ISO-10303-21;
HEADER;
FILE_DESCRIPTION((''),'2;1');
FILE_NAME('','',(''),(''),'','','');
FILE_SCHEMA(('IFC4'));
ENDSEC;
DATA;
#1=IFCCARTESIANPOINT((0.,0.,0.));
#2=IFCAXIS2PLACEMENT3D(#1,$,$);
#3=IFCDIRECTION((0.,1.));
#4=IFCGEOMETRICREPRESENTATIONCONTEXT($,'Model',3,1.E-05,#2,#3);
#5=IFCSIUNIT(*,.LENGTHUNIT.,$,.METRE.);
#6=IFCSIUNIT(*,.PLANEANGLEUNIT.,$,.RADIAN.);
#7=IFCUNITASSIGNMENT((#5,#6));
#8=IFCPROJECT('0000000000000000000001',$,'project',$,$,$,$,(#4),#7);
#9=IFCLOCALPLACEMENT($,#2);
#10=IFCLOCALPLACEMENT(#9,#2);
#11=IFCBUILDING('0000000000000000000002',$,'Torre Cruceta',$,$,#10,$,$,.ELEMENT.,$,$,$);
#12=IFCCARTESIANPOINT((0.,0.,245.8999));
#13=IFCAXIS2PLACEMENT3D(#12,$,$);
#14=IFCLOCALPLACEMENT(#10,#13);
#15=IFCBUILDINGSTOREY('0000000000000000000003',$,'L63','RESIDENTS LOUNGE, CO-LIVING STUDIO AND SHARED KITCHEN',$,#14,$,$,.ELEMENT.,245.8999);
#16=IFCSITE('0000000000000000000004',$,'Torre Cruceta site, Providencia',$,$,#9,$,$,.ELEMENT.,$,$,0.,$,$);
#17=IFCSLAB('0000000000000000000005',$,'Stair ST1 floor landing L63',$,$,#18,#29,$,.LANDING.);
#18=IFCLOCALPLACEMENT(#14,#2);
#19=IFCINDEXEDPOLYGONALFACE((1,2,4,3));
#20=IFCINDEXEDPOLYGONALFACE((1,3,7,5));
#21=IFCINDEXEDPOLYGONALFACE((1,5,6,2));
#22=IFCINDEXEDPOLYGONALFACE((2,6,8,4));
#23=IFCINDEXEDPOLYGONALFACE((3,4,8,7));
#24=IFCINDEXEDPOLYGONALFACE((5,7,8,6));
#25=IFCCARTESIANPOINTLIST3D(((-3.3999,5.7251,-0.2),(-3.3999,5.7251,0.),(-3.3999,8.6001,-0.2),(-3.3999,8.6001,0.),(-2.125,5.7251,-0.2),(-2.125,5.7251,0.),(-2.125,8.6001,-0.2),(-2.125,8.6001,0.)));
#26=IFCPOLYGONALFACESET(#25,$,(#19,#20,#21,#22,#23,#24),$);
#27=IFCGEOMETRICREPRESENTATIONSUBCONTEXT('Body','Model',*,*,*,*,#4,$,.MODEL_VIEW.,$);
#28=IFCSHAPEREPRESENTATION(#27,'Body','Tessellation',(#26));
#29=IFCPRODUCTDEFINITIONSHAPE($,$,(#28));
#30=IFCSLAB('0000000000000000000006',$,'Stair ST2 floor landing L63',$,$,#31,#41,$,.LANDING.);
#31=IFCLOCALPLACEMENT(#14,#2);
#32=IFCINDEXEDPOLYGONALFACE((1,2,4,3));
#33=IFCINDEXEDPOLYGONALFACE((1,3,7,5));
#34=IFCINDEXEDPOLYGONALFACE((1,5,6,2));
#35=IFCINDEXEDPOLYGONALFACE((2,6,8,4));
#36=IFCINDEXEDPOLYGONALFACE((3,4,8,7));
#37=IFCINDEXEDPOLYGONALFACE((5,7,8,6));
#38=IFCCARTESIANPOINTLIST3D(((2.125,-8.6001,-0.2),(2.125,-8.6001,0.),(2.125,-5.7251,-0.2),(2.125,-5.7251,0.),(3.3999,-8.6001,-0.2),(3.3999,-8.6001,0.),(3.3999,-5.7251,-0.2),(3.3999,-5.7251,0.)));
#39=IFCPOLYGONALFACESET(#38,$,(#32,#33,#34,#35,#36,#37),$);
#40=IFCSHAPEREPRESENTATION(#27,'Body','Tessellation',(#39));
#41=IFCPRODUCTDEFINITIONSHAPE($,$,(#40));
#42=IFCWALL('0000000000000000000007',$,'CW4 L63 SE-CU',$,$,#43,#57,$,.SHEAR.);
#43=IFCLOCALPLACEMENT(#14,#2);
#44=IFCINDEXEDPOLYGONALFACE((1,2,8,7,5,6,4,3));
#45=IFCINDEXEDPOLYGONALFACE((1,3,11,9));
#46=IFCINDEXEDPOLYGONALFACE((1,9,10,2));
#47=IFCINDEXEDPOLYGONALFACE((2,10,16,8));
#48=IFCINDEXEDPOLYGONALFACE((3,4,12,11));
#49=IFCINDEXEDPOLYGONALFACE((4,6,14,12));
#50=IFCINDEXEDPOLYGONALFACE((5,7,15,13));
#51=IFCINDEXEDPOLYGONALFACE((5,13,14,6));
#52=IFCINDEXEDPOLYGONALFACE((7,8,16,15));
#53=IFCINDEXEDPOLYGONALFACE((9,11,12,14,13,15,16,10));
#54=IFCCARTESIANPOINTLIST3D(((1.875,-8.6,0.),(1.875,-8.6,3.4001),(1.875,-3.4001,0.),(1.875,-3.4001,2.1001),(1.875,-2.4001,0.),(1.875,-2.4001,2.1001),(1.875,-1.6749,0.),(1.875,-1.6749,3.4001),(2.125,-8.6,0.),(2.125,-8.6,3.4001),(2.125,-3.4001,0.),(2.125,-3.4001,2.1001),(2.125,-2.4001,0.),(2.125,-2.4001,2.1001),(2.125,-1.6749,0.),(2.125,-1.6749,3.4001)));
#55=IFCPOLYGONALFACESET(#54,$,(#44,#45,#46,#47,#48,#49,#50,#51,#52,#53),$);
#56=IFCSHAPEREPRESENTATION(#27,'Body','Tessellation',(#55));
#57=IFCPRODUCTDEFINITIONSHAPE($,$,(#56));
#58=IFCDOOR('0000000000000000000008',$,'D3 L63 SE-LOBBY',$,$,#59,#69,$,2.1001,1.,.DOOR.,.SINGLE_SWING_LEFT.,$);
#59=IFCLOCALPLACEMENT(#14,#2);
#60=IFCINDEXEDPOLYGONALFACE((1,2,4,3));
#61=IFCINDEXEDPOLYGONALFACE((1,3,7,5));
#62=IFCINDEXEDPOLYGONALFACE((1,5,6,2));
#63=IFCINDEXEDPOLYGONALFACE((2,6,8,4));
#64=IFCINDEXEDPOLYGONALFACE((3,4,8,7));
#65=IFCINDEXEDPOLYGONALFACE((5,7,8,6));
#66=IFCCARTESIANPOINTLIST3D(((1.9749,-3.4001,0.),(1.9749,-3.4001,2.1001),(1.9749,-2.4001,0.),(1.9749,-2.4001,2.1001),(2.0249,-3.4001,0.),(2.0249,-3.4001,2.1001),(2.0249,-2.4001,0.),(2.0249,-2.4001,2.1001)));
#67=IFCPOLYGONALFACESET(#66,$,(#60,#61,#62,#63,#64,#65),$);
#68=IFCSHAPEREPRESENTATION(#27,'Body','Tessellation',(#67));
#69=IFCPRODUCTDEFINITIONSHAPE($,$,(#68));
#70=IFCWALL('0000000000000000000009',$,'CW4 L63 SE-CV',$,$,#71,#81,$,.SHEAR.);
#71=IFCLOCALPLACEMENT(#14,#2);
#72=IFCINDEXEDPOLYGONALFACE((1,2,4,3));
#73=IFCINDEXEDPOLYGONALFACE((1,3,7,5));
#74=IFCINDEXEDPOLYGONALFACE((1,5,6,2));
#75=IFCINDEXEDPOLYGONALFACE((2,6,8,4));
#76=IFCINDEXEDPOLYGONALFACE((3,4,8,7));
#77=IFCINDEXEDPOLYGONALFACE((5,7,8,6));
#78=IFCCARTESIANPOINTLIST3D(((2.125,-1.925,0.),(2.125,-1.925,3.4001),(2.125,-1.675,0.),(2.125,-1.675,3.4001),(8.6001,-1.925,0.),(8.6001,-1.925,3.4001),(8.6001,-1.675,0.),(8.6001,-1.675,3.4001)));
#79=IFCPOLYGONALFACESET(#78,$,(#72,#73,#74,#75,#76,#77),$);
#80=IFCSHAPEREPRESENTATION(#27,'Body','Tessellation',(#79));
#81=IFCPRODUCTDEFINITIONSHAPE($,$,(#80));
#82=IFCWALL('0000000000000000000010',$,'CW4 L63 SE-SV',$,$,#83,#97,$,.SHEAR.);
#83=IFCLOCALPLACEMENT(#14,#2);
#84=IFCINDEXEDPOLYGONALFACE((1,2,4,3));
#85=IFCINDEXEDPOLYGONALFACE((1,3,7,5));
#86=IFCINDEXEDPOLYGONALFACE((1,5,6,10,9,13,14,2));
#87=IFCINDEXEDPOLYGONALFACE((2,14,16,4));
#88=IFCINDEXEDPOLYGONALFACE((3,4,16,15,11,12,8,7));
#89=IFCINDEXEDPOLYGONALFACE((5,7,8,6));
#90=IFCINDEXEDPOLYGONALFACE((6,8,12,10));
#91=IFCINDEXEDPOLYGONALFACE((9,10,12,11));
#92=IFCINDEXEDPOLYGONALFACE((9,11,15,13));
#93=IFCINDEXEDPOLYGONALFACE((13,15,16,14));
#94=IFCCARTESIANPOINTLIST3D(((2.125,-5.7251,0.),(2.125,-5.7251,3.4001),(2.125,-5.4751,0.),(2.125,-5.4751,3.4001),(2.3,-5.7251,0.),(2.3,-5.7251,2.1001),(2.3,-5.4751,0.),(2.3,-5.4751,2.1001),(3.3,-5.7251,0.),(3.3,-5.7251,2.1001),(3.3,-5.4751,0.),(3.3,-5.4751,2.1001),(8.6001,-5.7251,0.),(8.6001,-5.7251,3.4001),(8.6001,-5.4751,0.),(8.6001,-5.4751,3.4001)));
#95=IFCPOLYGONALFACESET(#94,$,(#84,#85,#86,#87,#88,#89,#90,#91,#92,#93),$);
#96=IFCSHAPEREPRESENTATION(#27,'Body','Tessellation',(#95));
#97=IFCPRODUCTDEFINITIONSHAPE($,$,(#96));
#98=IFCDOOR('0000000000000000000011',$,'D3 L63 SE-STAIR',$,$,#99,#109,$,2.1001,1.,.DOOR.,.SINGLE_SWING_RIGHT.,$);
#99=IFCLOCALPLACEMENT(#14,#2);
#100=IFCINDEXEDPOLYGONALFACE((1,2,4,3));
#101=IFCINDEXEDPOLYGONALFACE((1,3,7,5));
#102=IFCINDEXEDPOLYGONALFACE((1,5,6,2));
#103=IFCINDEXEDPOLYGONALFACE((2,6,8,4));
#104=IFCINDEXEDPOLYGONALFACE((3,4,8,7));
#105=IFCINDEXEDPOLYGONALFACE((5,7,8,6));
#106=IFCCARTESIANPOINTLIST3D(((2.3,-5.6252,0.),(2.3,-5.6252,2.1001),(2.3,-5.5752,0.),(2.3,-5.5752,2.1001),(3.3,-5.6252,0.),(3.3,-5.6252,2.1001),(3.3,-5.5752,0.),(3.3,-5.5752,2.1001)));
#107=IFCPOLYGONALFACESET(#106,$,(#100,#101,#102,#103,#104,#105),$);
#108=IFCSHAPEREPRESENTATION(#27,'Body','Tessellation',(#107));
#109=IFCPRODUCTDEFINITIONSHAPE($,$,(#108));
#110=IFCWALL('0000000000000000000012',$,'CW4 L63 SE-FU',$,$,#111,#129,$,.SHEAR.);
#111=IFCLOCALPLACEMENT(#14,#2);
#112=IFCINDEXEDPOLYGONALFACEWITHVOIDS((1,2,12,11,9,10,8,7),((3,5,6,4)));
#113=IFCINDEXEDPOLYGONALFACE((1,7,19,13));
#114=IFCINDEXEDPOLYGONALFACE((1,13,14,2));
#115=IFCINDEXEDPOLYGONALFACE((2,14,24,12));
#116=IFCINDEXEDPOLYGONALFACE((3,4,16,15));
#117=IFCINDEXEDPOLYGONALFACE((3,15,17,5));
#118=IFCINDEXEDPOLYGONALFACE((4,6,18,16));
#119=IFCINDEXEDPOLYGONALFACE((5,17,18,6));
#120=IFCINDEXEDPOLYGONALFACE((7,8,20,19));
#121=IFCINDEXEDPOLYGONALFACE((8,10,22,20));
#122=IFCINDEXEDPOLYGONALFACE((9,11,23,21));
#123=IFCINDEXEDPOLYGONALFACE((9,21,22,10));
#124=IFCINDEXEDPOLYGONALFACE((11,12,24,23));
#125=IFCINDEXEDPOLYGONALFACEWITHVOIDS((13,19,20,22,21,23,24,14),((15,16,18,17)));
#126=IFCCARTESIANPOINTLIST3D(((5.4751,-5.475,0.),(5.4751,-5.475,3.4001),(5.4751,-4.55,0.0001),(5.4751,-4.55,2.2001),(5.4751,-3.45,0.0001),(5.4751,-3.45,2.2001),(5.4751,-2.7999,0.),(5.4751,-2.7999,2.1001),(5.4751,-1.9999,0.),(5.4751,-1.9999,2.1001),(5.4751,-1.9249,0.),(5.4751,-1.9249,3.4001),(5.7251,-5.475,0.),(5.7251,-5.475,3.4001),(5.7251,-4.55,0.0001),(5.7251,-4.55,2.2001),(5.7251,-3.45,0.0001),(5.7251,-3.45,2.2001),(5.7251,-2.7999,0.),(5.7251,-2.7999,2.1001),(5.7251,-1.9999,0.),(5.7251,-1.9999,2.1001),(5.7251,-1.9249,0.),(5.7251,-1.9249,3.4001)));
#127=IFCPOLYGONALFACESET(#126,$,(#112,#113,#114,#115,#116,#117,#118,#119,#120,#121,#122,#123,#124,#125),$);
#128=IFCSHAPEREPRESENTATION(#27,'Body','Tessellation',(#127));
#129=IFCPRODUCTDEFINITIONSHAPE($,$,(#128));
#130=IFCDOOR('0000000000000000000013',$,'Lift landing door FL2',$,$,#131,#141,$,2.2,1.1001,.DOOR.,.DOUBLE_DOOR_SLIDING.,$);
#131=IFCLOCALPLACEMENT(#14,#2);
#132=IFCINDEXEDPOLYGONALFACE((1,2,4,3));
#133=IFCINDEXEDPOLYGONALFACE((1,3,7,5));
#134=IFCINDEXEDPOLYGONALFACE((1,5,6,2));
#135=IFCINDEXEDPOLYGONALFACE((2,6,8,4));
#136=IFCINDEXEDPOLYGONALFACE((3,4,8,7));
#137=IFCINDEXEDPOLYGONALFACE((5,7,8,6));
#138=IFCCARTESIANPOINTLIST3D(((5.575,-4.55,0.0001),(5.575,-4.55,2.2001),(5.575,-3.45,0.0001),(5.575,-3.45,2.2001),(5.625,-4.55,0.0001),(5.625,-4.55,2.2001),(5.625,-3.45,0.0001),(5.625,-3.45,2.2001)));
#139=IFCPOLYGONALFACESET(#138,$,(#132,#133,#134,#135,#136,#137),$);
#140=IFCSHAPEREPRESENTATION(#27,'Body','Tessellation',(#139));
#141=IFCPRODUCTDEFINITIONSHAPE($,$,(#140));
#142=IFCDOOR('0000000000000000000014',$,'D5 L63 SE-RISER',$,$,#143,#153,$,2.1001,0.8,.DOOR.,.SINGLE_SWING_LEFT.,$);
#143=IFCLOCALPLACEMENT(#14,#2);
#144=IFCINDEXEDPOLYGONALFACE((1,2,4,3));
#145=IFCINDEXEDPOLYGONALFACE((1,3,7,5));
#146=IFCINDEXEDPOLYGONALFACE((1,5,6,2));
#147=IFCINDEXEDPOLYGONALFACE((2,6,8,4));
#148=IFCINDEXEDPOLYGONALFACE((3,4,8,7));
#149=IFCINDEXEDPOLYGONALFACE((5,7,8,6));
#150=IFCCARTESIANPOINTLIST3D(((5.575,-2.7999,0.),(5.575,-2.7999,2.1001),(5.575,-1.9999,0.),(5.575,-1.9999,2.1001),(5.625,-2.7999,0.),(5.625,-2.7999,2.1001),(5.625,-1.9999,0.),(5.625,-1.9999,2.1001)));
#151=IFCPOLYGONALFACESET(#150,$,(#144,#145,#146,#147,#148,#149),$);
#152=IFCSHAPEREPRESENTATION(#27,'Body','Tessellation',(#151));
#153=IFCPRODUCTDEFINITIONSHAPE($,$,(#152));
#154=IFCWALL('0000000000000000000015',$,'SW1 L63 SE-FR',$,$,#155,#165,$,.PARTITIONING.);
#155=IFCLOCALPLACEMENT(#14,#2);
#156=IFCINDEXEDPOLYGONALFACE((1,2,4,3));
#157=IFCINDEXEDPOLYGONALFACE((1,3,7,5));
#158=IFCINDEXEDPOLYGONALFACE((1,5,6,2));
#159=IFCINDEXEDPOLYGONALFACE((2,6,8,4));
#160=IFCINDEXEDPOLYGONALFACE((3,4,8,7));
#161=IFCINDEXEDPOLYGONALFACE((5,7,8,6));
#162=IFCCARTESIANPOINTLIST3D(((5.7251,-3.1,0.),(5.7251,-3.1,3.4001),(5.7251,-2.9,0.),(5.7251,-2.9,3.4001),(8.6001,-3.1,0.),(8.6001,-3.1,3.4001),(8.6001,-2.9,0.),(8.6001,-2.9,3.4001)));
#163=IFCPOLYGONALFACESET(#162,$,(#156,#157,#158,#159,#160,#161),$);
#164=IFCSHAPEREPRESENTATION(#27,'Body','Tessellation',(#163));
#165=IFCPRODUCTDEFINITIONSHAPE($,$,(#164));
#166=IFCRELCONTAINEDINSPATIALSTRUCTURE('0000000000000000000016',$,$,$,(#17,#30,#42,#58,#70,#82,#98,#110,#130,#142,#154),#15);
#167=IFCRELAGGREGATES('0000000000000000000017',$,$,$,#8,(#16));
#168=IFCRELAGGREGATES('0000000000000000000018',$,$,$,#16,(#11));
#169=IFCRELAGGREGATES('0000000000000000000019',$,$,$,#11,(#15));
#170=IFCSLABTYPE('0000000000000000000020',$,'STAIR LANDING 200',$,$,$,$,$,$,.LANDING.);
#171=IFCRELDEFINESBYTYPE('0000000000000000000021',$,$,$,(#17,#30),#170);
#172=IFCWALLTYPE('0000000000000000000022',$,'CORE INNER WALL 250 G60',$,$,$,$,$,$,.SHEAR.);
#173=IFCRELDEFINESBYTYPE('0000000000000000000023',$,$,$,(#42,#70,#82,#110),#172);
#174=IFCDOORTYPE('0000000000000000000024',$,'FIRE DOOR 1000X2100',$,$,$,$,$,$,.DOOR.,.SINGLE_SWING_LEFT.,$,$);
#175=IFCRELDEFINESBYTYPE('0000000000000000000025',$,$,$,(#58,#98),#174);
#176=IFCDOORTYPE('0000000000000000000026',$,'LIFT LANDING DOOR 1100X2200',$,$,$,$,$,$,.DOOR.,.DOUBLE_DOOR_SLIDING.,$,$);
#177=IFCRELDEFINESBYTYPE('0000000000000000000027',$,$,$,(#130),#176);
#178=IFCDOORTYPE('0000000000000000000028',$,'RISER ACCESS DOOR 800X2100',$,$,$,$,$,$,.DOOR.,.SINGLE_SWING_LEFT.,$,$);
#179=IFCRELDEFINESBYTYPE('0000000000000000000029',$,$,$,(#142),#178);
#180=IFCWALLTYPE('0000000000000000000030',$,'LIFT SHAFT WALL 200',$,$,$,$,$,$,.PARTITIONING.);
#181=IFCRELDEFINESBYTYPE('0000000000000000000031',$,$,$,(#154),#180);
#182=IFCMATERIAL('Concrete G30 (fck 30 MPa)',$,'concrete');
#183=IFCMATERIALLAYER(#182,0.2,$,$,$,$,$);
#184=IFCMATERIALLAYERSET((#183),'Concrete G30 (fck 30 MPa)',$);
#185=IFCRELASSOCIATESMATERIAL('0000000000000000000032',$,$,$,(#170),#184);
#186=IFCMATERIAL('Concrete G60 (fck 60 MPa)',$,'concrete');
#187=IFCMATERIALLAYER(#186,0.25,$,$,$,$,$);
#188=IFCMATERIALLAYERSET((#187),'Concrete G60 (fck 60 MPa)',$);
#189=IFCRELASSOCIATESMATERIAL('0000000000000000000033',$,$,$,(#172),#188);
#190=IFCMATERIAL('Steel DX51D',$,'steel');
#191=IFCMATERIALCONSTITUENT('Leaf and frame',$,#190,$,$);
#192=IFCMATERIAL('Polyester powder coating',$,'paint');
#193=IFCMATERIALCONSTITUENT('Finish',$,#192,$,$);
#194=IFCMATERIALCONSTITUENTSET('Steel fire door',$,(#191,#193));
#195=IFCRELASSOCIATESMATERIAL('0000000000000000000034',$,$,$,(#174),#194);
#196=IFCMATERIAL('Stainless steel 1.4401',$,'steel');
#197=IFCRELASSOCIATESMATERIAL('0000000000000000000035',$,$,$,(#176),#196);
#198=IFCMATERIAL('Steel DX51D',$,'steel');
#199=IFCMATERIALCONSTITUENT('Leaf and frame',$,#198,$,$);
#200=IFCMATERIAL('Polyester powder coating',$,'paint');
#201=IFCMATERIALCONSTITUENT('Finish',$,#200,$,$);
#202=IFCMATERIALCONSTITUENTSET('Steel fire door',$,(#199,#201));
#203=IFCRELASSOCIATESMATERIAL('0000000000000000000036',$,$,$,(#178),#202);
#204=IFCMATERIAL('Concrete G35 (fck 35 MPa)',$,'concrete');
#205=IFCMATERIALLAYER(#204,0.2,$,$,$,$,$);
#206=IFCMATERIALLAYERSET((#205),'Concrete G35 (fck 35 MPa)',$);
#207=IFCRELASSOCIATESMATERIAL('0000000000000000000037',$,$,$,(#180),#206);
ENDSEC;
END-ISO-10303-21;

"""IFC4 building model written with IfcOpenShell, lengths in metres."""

from ifc_helpers import new_model, si_unit, direction, frame, frame_2d, origin, place, context, subcontext, project, spatial, polyline, rectangle, outline, extrude, material, layer, layer_set, constituent, constituent_set, type_object, element, fill, save


model = new_model("IFC4")

# Units and contexts
model_context = context("Model", 3, precision=1e-05, world=origin(), true_north=direction((0.0, 1.0)))
body_context = subcontext(model_context, "Body", "Model", "MODEL_VIEW")
ifc_project = project(units=[si_unit("LENGTHUNIT", "METRE"), si_unit("PLANEANGLEUNIT", "RADIAN")], contexts=[model_context])

# Site, building, storey
site_placement = place(None, origin())
site = spatial("IfcSite", under=ifc_project, at=site_placement, Name="Torre Cruceta site, Providencia", CompositionType="ELEMENT", RefElevation=0.0)
building_placement = place(site_placement, origin())
building = spatial("IfcBuilding", under=site, at=building_placement, Name="Torre Cruceta", CompositionType="ELEMENT")
storey_placement = place(building_placement, frame((0.0, 0.0, 245.8999)))
storey = spatial("IfcBuildingStorey", under=building, at=storey_placement, Name="L63", Description="RESIDENTS LOUNGE, CO-LIVING STUDIO AND SHARED KITCHEN", CompositionType="ELEMENT", Elevation=245.8999)

# Shared definitions
ifc_material_1 = material(Name="Concrete G30 (fck 30 MPa)", Category="concrete")
ifc_layer_1 = layer(ifc_material_1, 0.2)
ifc_layer_set_1 = layer_set([ifc_layer_1], Name="Concrete G30 (fck 30 MPa)")
slab_type_1 = type_object("IfcSlabType", Name="STAIR LANDING 200", PredefinedType="LANDING", material=ifc_layer_set_1)

# Slabs
slab_1_placement = place(storey_placement, frame((0.0, 0.0, -0.2)))
element("IfcSlab", 1, at=slab_1_placement, inside=storey, type_object=slab_type_1, Name="Stair ST1 floor landing L63", PredefinedType="LANDING", context=body_context, shape_type="SweptSolid", body=[
    extrude(outline(polyline([(-2.125, 8.6001), (-2.125, 5.7251), (-3.3999, 5.7251), (-3.3999, 8.6001), (-2.125, 8.6001)])), origin(), (0.0, 0.0, 1.0), 0.2),
])
slab_2_placement = place(storey_placement, frame((0.0, 0.0, -0.2)))
element("IfcSlab", 2, at=slab_2_placement, inside=storey, type_object=slab_type_1, Name="Stair ST2 floor landing L63", PredefinedType="LANDING", context=body_context, shape_type="SweptSolid", body=[
    extrude(outline(polyline([(2.125, -8.6001), (2.125, -5.7251), (3.3999, -5.7251), (3.3999, -8.6001), (2.125, -8.6001)])), origin(), (0.0, 0.0, 1.0), 0.2),
])

# Wall, opening, door
ifc_material_2 = material(Name="Concrete G60 (fck 60 MPa)", Category="concrete")
ifc_layer_2 = layer(ifc_material_2, 0.25)
ifc_layer_set_2 = layer_set([ifc_layer_2], Name="Concrete G60 (fck 60 MPa)")
wall_type_1 = type_object("IfcWallType", Name="CORE INNER WALL 250 G60", PredefinedType="SHEAR", material=ifc_layer_set_2)
wall_1_placement = place(storey_placement, frame((2.0, -1.675, 0.0), z_axis=(0.0, 0.0, 1.0), x_axis=(0.0, -1.0, 0.0)))
wall_1 = element("IfcWall", 3, at=wall_1_placement, inside=storey, type_object=wall_type_1, Name="CW4 L63 SE-CU", PredefinedType="SHEAR", context=body_context, shape_type="SweptSolid", body=[
    extrude(rectangle(XDim=6.925, YDim=0.25, at=frame_2d((3.4624, 0.0))), origin(), (0.0, 0.0, 1.0), 3.4001),
])
opening_1_placement = place(wall_1_placement, frame((0.7251, 0.0, 0.0)))
opening_1 = element("IfcOpeningElement", 4, at=opening_1_placement, cuts=wall_1, PredefinedType="OPENING", context=body_context, shape_type="SweptSolid", body=[
    extrude(rectangle(XDim=1.0, YDim=2.1001, at=frame_2d((0.5, 1.05))), frame((0.0, 0.135, 0.0), z_axis=(0.0, -1.0, 0.0), x_axis=(1.0, 0.0, 0.0)), (0.0, 0.0, 1.0), 0.27),
])
ifc_material_3 = material(Name="Steel DX51D", Category="steel")
ifc_constituent_1 = constituent(ifc_material_3, Name="Leaf and frame")
ifc_material_4 = material(Name="Polyester powder coating", Category="paint")
ifc_constituent_2 = constituent(ifc_material_4, Name="Finish")
ifc_constituent_set_1 = constituent_set(constituents=[ifc_constituent_1, ifc_constituent_2], Name="Steel fire door")
door_type_1 = type_object("IfcDoorType", Name="FIRE DOOR 1000X2100", OperationType="SINGLE_SWING_LEFT", PredefinedType="DOOR", material=ifc_constituent_set_1)
door_1_placement = place(opening_1_placement, origin())
door_1 = element("IfcDoor", 5, at=door_1_placement, inside=storey, type_object=door_type_1, Name="D3 L63 SE-LOBBY", OperationType="SINGLE_SWING_LEFT", OverallHeight=2.1001, OverallWidth=1.0, PredefinedType="DOOR", context=body_context, shape_type="SweptSolid", body=[
    extrude(rectangle(XDim=1.0, YDim=2.1001, at=frame_2d((0.5, 1.05))), frame((0.0, 0.0249, 0.0), z_axis=(0.0, -1.0, 0.0), x_axis=(1.0, 0.0, 0.0)), (0.0, 0.0, 1.0), 0.05),
])
fill(opening_1, door_1)

# Wall
wall_2_placement = place(storey_placement, frame((2.125, -1.8, 0.0), z_axis=(0.0, 0.0, 1.0), x_axis=(1.0, 0.0, 0.0)))
element("IfcWall", 6, at=wall_2_placement, inside=storey, type_object=wall_type_1, Name="CW4 L63 SE-CV", PredefinedType="SHEAR", context=body_context, shape_type="SweptSolid", body=[
    extrude(rectangle(XDim=6.4751, YDim=0.25, at=frame_2d((3.2375, 0.0))), origin(), (0.0, 0.0, 1.0), 3.4001),
])

# Wall, opening, door
wall_3_placement = place(storey_placement, frame((2.125, -5.6001, 0.0), z_axis=(0.0, 0.0, 1.0), x_axis=(1.0, 0.0, 0.0)))
wall_3 = element("IfcWall", 7, at=wall_3_placement, inside=storey, type_object=wall_type_1, Name="CW4 L63 SE-SV", PredefinedType="SHEAR", context=body_context, shape_type="SweptSolid", body=[
    extrude(rectangle(XDim=6.4751, YDim=0.25, at=frame_2d((3.2375, 0.0))), origin(), (0.0, 0.0, 1.0), 3.4001),
])
opening_2_placement = place(wall_3_placement, frame((0.175, 0.0, 0.0)))
opening_2 = element("IfcOpeningElement", 8, at=opening_2_placement, cuts=wall_3, PredefinedType="OPENING", context=body_context, shape_type="SweptSolid", body=[
    extrude(rectangle(XDim=1.0, YDim=2.1001, at=frame_2d((0.5, 1.05))), frame((0.0, 0.135, 0.0), z_axis=(0.0, -1.0, 0.0), x_axis=(1.0, 0.0, 0.0)), (0.0, 0.0, 1.0), 0.27),
])
door_2_placement = place(opening_2_placement, frame((1.0, 0.0, 0.0), z_axis=(0.0, 0.0, 1.0), x_axis=(-1.0, 0.0, 0.0)))
door_2 = element("IfcDoor", 9, at=door_2_placement, inside=storey, type_object=door_type_1, Name="D3 L63 SE-STAIR", OperationType="SINGLE_SWING_RIGHT", OverallHeight=2.1001, OverallWidth=1.0, PredefinedType="DOOR", context=body_context, shape_type="SweptSolid", body=[
    extrude(rectangle(XDim=1.0, YDim=2.1001, at=frame_2d((0.5, 1.05))), frame((0.0, 0.0251, 0.0), z_axis=(0.0, -1.0, 0.0), x_axis=(1.0, 0.0, 0.0)), (0.0, 0.0, 1.0), 0.05),
])
fill(opening_2, door_2)

# Wall, openings, doors
wall_4_placement = place(storey_placement, frame((5.6001, -1.925, 0.0), z_axis=(0.0, 0.0, 1.0), x_axis=(0.0, -1.0, 0.0)))
wall_4 = element("IfcWall", 10, at=wall_4_placement, inside=storey, type_object=wall_type_1, Name="CW4 L63 SE-FU", PredefinedType="SHEAR", context=body_context, shape_type="SweptSolid", body=[
    extrude(rectangle(XDim=3.55, YDim=0.25, at=frame_2d((1.7749, 0.0))), origin(), (0.0, 0.0, 1.0), 3.4001),
])
opening_3_placement = place(wall_4_placement, frame((1.5249, 0.0, 0.0)))
opening_3 = element("IfcOpeningElement", 11, at=opening_3_placement, cuts=wall_4, PredefinedType="OPENING", context=body_context, shape_type="SweptSolid", body=[
    extrude(rectangle(XDim=1.1001, YDim=2.2, at=frame_2d((0.55, 1.1001))), frame((0.0, 0.135, 0.0), z_axis=(0.0, -1.0, 0.0), x_axis=(1.0, 0.0, 0.0)), (0.0, 0.0, 1.0), 0.27),
])
opening_4_placement = place(wall_4_placement, frame((0.075, 0.0, 0.0)))
opening_4 = element("IfcOpeningElement", 12, at=opening_4_placement, cuts=wall_4, PredefinedType="OPENING", context=body_context, shape_type="SweptSolid", body=[
    extrude(rectangle(XDim=0.8, YDim=2.1001, at=frame_2d((0.3999, 1.05))), frame((0.0, 0.135, 0.0), z_axis=(0.0, -1.0, 0.0), x_axis=(1.0, 0.0, 0.0)), (0.0, 0.0, 1.0), 0.27),
])
ifc_material_5 = material(Name="Stainless steel 1.4401", Category="steel")
door_type_2 = type_object("IfcDoorType", Name="LIFT LANDING DOOR 1100X2200", OperationType="DOUBLE_DOOR_SLIDING", PredefinedType="DOOR", material=ifc_material_5)
door_3_placement = place(opening_3_placement, origin())
door_3 = element("IfcDoor", 13, at=door_3_placement, inside=storey, type_object=door_type_2, Name="Lift landing door FL2", OperationType="DOUBLE_DOOR_SLIDING", OverallHeight=2.2, OverallWidth=1.1001, PredefinedType="DOOR", context=body_context, shape_type="SweptSolid", body=[
    extrude(rectangle(XDim=1.1001, YDim=2.2, at=frame_2d((0.55, 1.1001))), frame((0.0, 0.0249, 0.0), z_axis=(0.0, -1.0, 0.0), x_axis=(1.0, 0.0, 0.0)), (0.0, 0.0, 1.0), 0.05),
])
fill(opening_3, door_3)
ifc_material_6 = material(Name="Steel DX51D", Category="steel")
ifc_constituent_3 = constituent(ifc_material_6, Name="Leaf and frame")
ifc_material_7 = material(Name="Polyester powder coating", Category="paint")
ifc_constituent_4 = constituent(ifc_material_7, Name="Finish")
ifc_constituent_set_2 = constituent_set(constituents=[ifc_constituent_3, ifc_constituent_4], Name="Steel fire door")
door_type_3 = type_object("IfcDoorType", Name="RISER ACCESS DOOR 800X2100", OperationType="SINGLE_SWING_LEFT", PredefinedType="DOOR", material=ifc_constituent_set_2)
door_4_placement = place(opening_4_placement, origin())
door_4 = element("IfcDoor", 14, at=door_4_placement, inside=storey, type_object=door_type_3, Name="D5 L63 SE-RISER", OperationType="SINGLE_SWING_LEFT", OverallHeight=2.1001, OverallWidth=0.8, PredefinedType="DOOR", context=body_context, shape_type="SweptSolid", body=[
    extrude(rectangle(XDim=0.8, YDim=2.1001, at=frame_2d((0.3999, 1.05))), frame((0.0, 0.0249, 0.0), z_axis=(0.0, -1.0, 0.0), x_axis=(1.0, 0.0, 0.0)), (0.0, 0.0, 1.0), 0.05),
])
fill(opening_4, door_4)

# Wall
ifc_material_8 = material(Name="Concrete G35 (fck 35 MPa)", Category="concrete")
ifc_layer_3 = layer(ifc_material_8, 0.2)
ifc_layer_set_3 = layer_set([ifc_layer_3], Name="Concrete G35 (fck 35 MPa)")
wall_type_2 = type_object("IfcWallType", Name="LIFT SHAFT WALL 200", PredefinedType="PARTITIONING", material=ifc_layer_set_3)
wall_5_placement = place(storey_placement, frame((5.7251, -3.0, 0.0), z_axis=(0.0, 0.0, 1.0), x_axis=(1.0, 0.0, 0.0)))
element("IfcWall", 15, at=wall_5_placement, inside=storey, type_object=wall_type_2, Name="SW1 L63 SE-FR", PredefinedType="PARTITIONING", context=body_context, shape_type="SweptSolid", body=[
    extrude(rectangle(XDim=2.875, YDim=0.2, at=frame_2d((1.4375, 0.0))), origin(), (0.0, 0.0, 1.0), 3.4001),
])

save(model, "model.ifc")
